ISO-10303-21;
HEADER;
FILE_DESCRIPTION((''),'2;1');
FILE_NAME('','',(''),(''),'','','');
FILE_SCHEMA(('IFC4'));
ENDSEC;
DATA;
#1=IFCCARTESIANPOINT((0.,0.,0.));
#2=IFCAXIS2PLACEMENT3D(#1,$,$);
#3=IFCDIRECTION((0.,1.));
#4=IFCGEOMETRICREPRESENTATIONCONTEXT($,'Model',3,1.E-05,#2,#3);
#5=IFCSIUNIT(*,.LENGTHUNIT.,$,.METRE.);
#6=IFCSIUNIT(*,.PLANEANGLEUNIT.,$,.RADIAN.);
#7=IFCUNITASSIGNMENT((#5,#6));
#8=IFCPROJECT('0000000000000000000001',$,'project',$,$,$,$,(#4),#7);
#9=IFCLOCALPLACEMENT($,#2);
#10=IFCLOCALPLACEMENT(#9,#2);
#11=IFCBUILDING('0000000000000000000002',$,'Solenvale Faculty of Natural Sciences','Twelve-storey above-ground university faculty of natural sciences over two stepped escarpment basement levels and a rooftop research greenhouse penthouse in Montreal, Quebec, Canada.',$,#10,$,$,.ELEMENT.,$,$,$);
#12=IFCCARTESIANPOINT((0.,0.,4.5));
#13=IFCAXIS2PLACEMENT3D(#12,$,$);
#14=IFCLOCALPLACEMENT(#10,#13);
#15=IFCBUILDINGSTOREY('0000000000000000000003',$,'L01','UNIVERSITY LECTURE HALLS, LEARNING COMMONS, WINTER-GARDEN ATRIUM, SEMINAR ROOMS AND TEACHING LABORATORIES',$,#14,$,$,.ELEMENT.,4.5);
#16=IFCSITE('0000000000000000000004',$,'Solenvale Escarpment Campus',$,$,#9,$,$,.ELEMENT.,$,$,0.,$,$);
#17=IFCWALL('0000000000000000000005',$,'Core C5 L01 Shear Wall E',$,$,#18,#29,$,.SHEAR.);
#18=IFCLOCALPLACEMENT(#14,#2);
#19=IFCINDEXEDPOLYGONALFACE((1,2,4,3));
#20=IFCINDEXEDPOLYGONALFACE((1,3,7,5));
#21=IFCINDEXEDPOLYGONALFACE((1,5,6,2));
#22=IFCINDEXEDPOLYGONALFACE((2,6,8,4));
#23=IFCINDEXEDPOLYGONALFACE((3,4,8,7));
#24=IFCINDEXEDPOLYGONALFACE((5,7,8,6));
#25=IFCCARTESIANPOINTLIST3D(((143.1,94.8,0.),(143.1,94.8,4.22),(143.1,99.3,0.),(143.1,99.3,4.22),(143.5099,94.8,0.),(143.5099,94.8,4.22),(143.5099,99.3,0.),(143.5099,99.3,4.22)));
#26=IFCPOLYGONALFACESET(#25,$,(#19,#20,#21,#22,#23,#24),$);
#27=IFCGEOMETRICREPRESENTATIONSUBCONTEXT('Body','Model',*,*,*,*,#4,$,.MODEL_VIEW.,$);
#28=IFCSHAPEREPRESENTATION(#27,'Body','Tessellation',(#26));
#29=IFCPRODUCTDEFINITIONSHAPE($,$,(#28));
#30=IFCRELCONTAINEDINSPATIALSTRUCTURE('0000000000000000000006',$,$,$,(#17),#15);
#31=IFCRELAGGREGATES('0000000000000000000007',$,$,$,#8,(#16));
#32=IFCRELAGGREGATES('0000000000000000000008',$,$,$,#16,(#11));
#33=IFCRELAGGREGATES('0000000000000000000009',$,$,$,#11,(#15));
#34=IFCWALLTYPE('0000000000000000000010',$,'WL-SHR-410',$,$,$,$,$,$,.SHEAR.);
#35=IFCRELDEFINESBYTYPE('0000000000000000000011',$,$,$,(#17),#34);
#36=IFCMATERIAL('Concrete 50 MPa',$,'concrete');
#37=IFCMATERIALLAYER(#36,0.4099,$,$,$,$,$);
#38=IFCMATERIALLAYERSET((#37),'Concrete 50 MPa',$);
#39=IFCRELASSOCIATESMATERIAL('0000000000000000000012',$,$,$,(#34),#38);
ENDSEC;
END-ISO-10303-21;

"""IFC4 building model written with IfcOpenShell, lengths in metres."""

from ifc_helpers import new_model, si_unit, direction, frame, frame_2d, origin, place, context, subcontext, project, spatial, rectangle, extrude, material, layer, layer_set, type_object, element, save


model = new_model("IFC4")

# Units and contexts
model_context = context("Model", 3, precision=1e-05, world=origin(), true_north=direction((0.0, 1.0)))
body_context = subcontext(model_context, "Body", "Model", "MODEL_VIEW")
ifc_project = project(units=[si_unit("LENGTHUNIT", "METRE"), si_unit("PLANEANGLEUNIT", "RADIAN")], contexts=[model_context])

# Site, building, storey
site_placement = place(None, origin())
site = spatial("IfcSite", under=ifc_project, at=site_placement, Name="Solenvale Escarpment Campus", CompositionType="ELEMENT", RefElevation=0.0)
building_placement = place(site_placement, origin())
building = spatial("IfcBuilding", under=site, at=building_placement, Name="Solenvale Faculty of Natural Sciences", Description="Twelve-storey above-ground university faculty of natural sciences over two stepped escarpment basement levels and a rooftop research greenhouse penthouse in Montreal, Quebec, Canada.", CompositionType="ELEMENT")
storey_placement = place(building_placement, frame((0.0, 0.0, 4.5)))
storey = spatial("IfcBuildingStorey", under=building, at=storey_placement, Name="L01", Description="UNIVERSITY LECTURE HALLS, LEARNING COMMONS, WINTER-GARDEN ATRIUM, SEMINAR ROOMS AND TEACHING LABORATORIES", CompositionType="ELEMENT", Elevation=4.5)

# Shared definitions
ifc_material_1 = material(Name="Concrete 50 MPa", Category="concrete")

# Wall
ifc_layer_1 = layer(ifc_material_1, 0.4099)
ifc_layer_set_1 = layer_set([ifc_layer_1], Name="Concrete 50 MPa")
wall_type_1 = type_object("IfcWallType", Name="WL-SHR-410", PredefinedType="SHEAR", material=ifc_layer_set_1)
wall_1_placement = place(storey_placement, frame((143.3049, 94.8, 0.0), z_axis=(0.0, 0.0, 1.0), x_axis=(0.0, 1.0, 0.0)))
element("IfcWall", 1, at=wall_1_placement, inside=storey, type_object=wall_type_1, Name="Core C5 L01 Shear Wall E", PredefinedType="SHEAR", context=body_context, shape_type="SweptSolid", body=[
    extrude(rectangle(XDim=4.5, YDim=0.4099, at=frame_2d((2.25, 0.0))), origin(), (0.0, 0.0, 1.0), 4.22),
])

save(model, "model.ifc")
